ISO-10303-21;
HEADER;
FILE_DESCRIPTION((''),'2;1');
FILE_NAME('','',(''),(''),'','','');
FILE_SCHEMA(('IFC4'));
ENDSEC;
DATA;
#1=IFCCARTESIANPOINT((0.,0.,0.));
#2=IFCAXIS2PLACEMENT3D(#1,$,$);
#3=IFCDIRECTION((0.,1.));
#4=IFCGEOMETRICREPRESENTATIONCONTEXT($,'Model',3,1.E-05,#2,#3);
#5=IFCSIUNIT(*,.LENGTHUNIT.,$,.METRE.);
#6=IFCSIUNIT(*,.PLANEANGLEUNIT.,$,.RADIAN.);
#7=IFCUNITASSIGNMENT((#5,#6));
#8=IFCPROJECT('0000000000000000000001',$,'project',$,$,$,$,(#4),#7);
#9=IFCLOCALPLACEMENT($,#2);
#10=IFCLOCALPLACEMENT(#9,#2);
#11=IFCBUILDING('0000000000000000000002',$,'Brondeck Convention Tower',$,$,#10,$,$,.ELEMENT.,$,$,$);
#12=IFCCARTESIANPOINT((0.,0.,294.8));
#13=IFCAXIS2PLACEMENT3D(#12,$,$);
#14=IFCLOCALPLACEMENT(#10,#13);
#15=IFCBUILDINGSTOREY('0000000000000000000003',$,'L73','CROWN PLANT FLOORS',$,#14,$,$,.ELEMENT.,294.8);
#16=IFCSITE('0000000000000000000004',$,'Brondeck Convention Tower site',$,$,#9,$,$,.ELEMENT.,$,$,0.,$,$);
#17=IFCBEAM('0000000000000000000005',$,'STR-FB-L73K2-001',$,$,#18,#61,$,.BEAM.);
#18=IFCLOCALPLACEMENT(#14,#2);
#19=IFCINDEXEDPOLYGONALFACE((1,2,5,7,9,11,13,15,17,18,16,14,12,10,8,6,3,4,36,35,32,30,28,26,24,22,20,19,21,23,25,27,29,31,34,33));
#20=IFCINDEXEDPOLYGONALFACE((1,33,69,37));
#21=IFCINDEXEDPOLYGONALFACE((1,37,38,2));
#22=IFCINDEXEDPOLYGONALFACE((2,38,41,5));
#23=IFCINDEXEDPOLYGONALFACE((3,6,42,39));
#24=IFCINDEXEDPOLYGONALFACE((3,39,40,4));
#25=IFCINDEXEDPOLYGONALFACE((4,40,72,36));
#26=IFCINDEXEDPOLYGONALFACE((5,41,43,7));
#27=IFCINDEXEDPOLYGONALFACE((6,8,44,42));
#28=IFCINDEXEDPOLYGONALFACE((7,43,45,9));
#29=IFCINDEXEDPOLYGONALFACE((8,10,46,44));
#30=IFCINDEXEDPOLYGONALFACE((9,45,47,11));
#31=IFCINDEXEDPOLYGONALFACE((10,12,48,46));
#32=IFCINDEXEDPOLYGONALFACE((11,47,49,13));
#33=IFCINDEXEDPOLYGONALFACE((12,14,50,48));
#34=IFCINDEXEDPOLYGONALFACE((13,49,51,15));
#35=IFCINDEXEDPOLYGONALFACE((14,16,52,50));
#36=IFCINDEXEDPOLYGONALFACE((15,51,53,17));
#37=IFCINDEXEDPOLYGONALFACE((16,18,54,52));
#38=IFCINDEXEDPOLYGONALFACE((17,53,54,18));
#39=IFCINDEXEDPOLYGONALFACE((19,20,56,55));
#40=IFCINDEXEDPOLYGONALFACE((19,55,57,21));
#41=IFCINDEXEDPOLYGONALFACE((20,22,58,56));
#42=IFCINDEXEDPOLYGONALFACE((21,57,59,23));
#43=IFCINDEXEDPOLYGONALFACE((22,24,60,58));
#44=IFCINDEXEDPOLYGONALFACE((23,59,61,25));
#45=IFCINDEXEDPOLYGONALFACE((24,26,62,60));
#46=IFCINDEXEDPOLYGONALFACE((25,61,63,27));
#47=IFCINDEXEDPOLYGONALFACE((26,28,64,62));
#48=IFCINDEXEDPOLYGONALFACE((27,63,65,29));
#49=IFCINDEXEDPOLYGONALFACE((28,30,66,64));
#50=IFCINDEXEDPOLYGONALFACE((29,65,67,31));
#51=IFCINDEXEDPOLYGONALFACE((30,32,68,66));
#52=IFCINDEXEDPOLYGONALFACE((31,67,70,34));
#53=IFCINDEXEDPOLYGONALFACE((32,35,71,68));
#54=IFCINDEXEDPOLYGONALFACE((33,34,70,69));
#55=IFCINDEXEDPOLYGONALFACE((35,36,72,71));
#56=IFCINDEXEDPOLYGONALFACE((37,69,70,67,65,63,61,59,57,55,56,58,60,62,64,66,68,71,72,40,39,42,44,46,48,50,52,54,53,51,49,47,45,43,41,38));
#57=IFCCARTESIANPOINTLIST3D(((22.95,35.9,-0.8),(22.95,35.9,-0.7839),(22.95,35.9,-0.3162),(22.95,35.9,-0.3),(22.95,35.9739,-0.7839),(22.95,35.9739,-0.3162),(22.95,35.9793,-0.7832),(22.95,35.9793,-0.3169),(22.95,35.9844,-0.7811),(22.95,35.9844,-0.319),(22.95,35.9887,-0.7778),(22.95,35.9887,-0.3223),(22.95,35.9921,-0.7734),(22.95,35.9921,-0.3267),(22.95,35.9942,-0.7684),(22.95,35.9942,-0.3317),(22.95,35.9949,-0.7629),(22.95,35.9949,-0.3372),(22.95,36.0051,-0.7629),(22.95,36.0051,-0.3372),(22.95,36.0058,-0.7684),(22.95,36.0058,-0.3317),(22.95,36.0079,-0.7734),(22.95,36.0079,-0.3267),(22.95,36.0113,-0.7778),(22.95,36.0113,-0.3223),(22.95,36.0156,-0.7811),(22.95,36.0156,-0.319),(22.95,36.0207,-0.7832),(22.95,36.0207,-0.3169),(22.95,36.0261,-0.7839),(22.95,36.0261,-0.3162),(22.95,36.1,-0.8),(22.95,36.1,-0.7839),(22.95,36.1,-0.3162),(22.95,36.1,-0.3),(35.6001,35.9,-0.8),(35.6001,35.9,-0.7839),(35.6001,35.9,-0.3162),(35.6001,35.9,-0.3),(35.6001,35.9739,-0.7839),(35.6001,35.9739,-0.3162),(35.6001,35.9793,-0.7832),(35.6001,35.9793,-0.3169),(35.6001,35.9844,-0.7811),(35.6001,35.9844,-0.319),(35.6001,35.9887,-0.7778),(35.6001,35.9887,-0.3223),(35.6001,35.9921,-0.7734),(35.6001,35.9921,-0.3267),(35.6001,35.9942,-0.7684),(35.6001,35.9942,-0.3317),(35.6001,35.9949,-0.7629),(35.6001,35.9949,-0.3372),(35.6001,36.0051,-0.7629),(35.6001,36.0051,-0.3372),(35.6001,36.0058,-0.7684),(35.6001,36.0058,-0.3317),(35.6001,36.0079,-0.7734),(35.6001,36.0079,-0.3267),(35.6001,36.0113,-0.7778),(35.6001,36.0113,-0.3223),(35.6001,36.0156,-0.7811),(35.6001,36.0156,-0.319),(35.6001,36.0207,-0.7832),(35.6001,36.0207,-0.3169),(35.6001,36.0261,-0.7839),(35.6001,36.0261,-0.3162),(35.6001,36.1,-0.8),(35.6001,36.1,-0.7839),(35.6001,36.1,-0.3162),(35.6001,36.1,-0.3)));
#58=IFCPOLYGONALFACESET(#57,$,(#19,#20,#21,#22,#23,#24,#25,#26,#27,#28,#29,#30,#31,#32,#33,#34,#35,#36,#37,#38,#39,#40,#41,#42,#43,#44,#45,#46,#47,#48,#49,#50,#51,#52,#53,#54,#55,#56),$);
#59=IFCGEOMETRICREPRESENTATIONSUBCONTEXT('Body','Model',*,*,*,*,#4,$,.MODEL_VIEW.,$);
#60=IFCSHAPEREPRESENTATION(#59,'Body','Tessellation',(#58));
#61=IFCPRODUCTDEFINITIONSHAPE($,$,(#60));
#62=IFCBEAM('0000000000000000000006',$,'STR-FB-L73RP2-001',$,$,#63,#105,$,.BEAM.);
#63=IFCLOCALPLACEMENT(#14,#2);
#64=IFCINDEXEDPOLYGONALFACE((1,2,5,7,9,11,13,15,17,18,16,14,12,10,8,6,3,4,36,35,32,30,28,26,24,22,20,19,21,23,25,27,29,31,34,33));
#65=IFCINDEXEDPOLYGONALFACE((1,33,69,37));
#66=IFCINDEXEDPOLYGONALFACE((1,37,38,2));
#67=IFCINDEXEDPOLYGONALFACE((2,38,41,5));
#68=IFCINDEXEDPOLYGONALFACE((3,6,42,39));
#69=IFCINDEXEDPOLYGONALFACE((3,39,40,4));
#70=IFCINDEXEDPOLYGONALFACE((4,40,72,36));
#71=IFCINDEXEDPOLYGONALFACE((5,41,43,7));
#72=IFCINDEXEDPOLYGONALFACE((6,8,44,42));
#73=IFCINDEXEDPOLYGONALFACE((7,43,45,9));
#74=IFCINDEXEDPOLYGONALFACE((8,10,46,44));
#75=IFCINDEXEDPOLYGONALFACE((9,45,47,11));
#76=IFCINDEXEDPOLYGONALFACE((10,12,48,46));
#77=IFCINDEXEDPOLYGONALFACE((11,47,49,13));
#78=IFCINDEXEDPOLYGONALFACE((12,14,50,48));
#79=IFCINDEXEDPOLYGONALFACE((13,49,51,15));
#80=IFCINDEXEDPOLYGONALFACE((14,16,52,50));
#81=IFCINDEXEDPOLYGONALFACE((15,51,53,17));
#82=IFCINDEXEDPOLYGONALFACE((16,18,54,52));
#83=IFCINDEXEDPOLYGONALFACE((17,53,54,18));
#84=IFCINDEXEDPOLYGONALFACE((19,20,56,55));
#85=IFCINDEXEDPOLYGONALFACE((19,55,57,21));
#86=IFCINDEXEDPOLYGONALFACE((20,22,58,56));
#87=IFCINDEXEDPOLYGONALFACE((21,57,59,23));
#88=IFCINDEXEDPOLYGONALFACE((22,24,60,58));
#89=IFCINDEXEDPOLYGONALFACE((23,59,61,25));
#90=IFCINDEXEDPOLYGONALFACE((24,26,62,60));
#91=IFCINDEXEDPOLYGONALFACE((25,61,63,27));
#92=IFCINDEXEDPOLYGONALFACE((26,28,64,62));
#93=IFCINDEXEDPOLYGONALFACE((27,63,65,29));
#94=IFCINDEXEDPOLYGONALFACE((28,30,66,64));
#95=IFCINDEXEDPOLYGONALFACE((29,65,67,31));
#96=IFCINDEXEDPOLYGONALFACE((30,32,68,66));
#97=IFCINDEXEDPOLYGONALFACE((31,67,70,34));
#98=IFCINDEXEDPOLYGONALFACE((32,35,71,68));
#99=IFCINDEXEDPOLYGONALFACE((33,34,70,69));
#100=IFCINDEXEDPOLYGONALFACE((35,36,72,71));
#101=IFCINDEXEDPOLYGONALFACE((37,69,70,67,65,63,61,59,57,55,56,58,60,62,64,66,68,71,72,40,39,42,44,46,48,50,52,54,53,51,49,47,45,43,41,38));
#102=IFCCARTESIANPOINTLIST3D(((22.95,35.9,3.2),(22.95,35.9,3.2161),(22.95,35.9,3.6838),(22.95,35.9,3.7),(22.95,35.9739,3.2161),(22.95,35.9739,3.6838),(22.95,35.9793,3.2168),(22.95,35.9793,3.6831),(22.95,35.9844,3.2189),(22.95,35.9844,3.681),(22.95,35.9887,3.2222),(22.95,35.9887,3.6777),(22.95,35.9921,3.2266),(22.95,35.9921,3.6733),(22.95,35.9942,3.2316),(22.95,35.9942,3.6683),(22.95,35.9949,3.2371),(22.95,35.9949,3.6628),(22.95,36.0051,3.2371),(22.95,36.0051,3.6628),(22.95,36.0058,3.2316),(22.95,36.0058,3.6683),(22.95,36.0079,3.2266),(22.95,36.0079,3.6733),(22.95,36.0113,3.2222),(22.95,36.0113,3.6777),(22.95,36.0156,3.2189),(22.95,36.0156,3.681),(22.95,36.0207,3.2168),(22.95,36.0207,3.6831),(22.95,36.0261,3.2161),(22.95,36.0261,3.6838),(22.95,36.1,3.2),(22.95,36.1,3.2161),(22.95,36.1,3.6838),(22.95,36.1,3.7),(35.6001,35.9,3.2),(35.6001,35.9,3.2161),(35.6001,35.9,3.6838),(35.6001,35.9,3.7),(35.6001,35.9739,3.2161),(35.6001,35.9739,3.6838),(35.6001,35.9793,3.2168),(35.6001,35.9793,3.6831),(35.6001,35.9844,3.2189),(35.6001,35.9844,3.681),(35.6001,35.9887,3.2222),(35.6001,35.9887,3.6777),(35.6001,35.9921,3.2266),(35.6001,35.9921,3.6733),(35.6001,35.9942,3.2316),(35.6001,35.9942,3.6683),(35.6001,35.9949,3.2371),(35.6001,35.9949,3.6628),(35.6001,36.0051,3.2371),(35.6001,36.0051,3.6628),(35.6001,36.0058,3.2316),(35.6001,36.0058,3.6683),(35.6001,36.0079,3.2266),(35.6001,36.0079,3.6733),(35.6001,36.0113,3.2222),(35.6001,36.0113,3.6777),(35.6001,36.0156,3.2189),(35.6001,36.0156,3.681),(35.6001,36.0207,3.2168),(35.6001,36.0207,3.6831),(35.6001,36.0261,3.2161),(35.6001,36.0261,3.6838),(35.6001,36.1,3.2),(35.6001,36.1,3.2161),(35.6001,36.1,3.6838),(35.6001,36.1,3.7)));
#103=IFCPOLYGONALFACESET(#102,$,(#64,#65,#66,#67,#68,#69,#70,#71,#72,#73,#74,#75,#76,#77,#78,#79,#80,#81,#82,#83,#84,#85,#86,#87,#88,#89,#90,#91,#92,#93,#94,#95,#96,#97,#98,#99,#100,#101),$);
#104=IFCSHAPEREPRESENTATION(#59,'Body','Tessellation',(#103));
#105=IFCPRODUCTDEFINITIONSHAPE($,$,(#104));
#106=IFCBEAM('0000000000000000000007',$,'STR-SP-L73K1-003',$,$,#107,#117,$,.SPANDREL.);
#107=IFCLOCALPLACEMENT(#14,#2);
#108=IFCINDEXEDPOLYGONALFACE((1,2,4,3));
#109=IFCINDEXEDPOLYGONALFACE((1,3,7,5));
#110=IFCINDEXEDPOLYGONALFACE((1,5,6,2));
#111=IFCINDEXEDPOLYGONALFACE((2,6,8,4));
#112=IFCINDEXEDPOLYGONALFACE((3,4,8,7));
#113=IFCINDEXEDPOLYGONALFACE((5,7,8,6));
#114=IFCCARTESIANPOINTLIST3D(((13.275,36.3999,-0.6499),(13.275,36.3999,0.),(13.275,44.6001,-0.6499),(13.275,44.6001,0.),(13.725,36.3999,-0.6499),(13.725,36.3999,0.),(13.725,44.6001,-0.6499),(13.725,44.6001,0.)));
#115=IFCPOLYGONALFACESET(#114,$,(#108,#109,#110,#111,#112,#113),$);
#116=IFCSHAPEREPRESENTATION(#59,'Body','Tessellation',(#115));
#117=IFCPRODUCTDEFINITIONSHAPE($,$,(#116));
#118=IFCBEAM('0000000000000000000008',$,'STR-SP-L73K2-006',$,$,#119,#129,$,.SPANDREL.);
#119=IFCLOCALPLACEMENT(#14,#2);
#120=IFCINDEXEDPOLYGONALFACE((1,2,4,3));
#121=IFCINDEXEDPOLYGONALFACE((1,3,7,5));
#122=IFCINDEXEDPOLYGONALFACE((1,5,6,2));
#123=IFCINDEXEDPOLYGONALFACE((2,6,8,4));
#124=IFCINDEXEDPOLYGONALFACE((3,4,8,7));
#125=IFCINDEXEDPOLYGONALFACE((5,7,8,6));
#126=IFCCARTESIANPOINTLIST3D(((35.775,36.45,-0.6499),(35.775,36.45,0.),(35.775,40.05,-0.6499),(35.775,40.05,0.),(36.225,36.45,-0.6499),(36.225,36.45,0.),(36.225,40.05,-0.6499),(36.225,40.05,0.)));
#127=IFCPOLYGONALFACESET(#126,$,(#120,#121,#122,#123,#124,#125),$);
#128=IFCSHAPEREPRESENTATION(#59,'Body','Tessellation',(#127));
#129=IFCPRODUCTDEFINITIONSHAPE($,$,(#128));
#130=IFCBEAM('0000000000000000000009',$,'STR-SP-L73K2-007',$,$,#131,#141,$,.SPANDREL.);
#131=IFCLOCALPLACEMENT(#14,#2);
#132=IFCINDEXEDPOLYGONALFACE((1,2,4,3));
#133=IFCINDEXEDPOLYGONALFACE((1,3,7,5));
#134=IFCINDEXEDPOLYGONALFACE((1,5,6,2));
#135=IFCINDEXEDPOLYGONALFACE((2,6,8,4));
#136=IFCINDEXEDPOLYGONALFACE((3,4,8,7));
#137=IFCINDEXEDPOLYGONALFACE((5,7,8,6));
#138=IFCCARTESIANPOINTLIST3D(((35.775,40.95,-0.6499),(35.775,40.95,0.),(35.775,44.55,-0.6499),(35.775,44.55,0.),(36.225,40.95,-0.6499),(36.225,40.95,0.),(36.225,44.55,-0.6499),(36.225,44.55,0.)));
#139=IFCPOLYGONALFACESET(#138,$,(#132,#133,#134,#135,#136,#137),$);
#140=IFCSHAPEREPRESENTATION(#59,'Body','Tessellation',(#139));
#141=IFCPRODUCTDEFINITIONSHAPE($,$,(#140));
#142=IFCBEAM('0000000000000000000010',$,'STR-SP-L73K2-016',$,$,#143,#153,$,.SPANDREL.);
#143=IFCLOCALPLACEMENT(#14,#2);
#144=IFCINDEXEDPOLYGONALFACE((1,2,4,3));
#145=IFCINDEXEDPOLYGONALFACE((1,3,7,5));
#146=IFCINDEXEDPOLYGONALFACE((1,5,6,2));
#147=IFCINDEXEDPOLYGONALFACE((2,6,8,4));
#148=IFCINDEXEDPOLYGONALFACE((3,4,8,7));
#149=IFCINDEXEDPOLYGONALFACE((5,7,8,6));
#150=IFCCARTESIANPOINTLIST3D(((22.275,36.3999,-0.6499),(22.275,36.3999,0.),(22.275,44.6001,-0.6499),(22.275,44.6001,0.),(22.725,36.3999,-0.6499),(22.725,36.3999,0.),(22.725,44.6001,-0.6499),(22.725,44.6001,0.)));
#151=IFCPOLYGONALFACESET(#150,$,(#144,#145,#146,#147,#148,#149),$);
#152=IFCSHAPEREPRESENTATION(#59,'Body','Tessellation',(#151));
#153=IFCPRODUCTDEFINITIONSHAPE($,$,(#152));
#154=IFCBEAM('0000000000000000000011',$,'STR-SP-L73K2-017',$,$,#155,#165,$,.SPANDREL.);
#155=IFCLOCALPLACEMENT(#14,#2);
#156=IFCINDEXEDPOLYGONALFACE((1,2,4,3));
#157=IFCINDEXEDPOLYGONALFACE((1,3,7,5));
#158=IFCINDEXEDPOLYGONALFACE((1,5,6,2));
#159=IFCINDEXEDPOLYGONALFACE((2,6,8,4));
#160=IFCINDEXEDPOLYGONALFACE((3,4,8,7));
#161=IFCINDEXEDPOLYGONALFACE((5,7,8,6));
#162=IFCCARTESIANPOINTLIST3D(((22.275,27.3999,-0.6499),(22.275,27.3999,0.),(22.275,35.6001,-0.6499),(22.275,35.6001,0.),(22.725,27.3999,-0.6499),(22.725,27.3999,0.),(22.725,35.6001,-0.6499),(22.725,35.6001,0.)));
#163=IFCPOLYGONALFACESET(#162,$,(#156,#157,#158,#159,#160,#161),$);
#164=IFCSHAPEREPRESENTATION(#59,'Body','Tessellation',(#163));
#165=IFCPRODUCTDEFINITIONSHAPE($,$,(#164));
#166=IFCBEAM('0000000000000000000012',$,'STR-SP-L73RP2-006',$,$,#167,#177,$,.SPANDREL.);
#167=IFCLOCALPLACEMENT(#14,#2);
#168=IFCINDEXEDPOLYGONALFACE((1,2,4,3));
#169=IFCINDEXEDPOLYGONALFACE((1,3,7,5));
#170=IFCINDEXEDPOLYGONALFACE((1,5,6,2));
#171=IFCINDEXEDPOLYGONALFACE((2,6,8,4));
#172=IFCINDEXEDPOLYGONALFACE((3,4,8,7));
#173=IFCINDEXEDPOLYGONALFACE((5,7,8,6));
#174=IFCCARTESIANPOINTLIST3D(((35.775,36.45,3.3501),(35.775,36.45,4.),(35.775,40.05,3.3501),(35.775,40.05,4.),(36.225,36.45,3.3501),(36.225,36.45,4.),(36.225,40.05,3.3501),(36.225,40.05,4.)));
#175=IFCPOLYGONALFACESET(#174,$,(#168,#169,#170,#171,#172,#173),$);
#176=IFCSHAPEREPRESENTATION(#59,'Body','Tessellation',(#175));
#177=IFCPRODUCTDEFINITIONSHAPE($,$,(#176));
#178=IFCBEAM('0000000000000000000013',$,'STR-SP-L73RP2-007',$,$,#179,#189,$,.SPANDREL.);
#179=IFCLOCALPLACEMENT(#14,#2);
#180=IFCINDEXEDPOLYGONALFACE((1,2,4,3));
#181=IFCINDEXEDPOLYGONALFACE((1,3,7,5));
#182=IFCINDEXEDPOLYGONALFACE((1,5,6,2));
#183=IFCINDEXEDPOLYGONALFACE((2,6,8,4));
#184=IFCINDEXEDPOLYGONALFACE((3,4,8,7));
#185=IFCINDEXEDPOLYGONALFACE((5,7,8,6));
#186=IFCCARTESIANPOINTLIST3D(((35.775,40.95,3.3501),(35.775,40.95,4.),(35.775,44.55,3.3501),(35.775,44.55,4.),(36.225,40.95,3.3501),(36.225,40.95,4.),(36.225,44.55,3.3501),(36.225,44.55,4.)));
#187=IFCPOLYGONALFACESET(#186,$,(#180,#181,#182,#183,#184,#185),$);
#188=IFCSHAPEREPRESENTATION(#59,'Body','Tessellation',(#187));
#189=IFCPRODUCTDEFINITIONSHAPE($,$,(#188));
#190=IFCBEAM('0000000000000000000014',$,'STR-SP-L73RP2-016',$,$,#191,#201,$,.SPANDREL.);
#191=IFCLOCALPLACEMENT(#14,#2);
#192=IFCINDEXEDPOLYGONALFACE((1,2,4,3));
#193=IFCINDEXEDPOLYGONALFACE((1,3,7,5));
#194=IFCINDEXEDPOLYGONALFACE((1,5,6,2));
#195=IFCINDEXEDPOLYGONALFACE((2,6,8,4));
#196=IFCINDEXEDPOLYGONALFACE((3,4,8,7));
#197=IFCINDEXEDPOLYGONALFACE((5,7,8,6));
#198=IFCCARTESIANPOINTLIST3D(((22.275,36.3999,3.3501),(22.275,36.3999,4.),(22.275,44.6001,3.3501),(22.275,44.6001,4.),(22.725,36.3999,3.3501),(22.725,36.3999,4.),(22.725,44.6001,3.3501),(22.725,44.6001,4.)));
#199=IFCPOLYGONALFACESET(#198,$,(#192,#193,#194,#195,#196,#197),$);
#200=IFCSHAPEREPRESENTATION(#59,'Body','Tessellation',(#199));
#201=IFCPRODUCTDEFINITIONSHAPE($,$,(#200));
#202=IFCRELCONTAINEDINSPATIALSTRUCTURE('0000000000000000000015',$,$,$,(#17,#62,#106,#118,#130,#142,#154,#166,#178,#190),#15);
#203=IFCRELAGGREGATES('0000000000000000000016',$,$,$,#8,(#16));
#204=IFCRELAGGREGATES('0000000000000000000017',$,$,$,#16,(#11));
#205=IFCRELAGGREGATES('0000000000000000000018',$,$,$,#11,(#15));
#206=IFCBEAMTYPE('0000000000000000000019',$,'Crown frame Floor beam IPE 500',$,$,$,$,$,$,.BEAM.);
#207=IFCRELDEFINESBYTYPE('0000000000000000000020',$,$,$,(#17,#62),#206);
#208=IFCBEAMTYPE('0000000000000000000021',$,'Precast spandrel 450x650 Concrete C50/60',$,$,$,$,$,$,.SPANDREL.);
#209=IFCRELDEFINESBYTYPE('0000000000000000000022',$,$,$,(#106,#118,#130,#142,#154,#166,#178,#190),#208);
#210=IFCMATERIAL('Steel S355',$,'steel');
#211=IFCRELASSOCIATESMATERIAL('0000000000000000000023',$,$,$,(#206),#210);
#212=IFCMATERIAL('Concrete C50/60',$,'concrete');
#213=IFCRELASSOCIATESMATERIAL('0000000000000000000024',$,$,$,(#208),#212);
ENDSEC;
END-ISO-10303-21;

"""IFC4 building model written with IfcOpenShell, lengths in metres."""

from ifc_helpers import new_model, si_unit, direction, frame, origin, origin_2d, place, context, subcontext, project, spatial, rectangle, i_section, extrude, material, material_profile, profile_set, type_object, element, save


model = new_model("IFC4")

# Units and contexts
model_context = context("Model", 3, precision=1e-05, world=origin(), true_north=direction((0.0, 1.0)))
body_context = subcontext(model_context, "Body", "Model", "MODEL_VIEW")
ifc_project = project(units=[si_unit("LENGTHUNIT", "METRE"), si_unit("PLANEANGLEUNIT", "RADIAN")], contexts=[model_context])

# Site, building, storey
site_placement = place(None, origin())
site = spatial("IfcSite", under=ifc_project, at=site_placement, Name="Brondeck Convention Tower site", CompositionType="ELEMENT", RefElevation=0.0)
building_placement = place(site_placement, origin())
building = spatial("IfcBuilding", under=site, at=building_placement, Name="Brondeck Convention Tower", CompositionType="ELEMENT")
storey_placement = place(building_placement, frame((0.0, 0.0, 294.8)))
storey = spatial("IfcBuildingStorey", under=building, at=storey_placement, Name="L73", Description="CROWN PLANT FLOORS", CompositionType="ELEMENT", Elevation=294.8)

# Shared definitions
ifc_material_1 = material(Name="Concrete C50/60", Category="concrete")

# Beams
ifc_material_2 = material(Name="Steel S355", Category="steel")
ifc_material_profile_1 = material_profile(ifc_material_2, i_section(OverallWidth=0.2, OverallDepth=0.5, WebThickness=0.0103, FlangeThickness=0.0161, FilletRadius=0.021, at=origin_2d()), Name="IPE 500")
ifc_profile_set_1 = profile_set([ifc_material_profile_1], Name="Steel S355")
beam_type_1 = type_object("IfcBeamType", Name="Crown frame Floor beam IPE 500", PredefinedType="BEAM", material=ifc_profile_set_1)
for number, where, z_axis, x_axis, name in (
    (1, (22.95, 36.0, -0.55), (1.0, 0.0, 0.0), (0.0, 1.0, 0.0), "STR-FB-L73K2-001"),
    (2, (22.95, 36.0, 3.45), (1.0, 0.0, 0.0), (0.0, 1.0, 0.0), "STR-FB-L73RP2-001"),
):
    element("IfcBeam", number, at=place(storey_placement, frame(where, z_axis=z_axis, x_axis=x_axis)), inside=storey, type_object=beam_type_1, Name=name, PredefinedType="BEAM", context=body_context, shape_type="SweptSolid", body=[
        extrude(i_section(OverallWidth=0.2, OverallDepth=0.5, WebThickness=0.0103, FlangeThickness=0.0161, FilletRadius=0.021, at=origin_2d()), origin(), (0.0, 0.0, 1.0), 12.6501),
    ])
ifc_material_profile_2 = material_profile(ifc_material_1, rectangle(XDim=0.45, YDim=0.6499, at=origin_2d()), Name="Precast spandrel 450x650 Concrete C50/60")
ifc_profile_set_2 = profile_set([ifc_material_profile_2], Name="Concrete C50/60")
beam_type_2 = type_object("IfcBeamType", Name="Precast spandrel 450x650 Concrete C50/60", PredefinedType="SPANDREL", material=ifc_profile_set_2)
beam_placement = place(storey_placement, frame((13.5, 36.3999, -0.325), z_axis=(0.0, 1.0, 0.0), x_axis=(-1.0, 0.0, 0.0)))
element("IfcBeam", 3, at=beam_placement, inside=storey, type_object=beam_type_2, Name="STR-SP-L73K1-003", PredefinedType="SPANDREL", context=body_context, shape_type="SweptSolid", body=[
    extrude(rectangle(XDim=0.45, YDim=0.6499, at=origin_2d()), origin(), (0.0, 0.0, 1.0), 8.2002),
])
for number, where, z_axis, x_axis, name in (
    (4, (36.0, 36.45, -0.325), (0.0, 1.0, 0.0), (-1.0, 0.0, 0.0), "STR-SP-L73K2-006"),
    (5, (36.0, 40.95, -0.325), (0.0, 1.0, 0.0), (-1.0, 0.0, 0.0), "STR-SP-L73K2-007"),
):
    element("IfcBeam", number, at=place(storey_placement, frame(where, z_axis=z_axis, x_axis=x_axis)), inside=storey, type_object=beam_type_2, Name=name, PredefinedType="SPANDREL", context=body_context, shape_type="SweptSolid", body=[
        extrude(rectangle(XDim=0.45, YDim=0.6499, at=origin_2d()), origin(), (0.0, 0.0, 1.0), 3.6001),
    ])
for number, where, z_axis, x_axis, name in (
    (6, (22.5, 44.6001, -0.325), (0.0, -1.0, 0.0), (1.0, 0.0, 0.0), "STR-SP-L73K2-016"),
    (7, (22.5, 35.6001, -0.325), (0.0, -1.0, 0.0), (1.0, 0.0, 0.0), "STR-SP-L73K2-017"),
):
    element("IfcBeam", number, at=place(storey_placement, frame(where, z_axis=z_axis, x_axis=x_axis)), inside=storey, type_object=beam_type_2, Name=name, PredefinedType="SPANDREL", context=body_context, shape_type="SweptSolid", body=[
        extrude(rectangle(XDim=0.45, YDim=0.6499, at=origin_2d()), origin(), (0.0, 0.0, 1.0), 8.2002),
    ])
for number, where, z_axis, x_axis, name in (
    (8, (36.0, 36.45, 3.675), (0.0, 1.0, 0.0), (-1.0, 0.0, 0.0), "STR-SP-L73RP2-006"),
    (9, (36.0, 40.95, 3.675), (0.0, 1.0, 0.0), (-1.0, 0.0, 0.0), "STR-SP-L73RP2-007"),
):
    element("IfcBeam", number, at=place(storey_placement, frame(where, z_axis=z_axis, x_axis=x_axis)), inside=storey, type_object=beam_type_2, Name=name, PredefinedType="SPANDREL", context=body_context, shape_type="SweptSolid", body=[
        extrude(rectangle(XDim=0.45, YDim=0.6499, at=origin_2d()), origin(), (0.0, 0.0, 1.0), 3.6001),
    ])
for number, where, z_axis, x_axis, name in (
    (10, (22.5, 44.6001, 3.675), (0.0, -1.0, 0.0), (1.0, 0.0, 0.0), "STR-SP-L73RP2-016"),
):
    element("IfcBeam", number, at=place(storey_placement, frame(where, z_axis=z_axis, x_axis=x_axis)), inside=storey, type_object=beam_type_2, Name=name, PredefinedType="SPANDREL", context=body_context, shape_type="SweptSolid", body=[
        extrude(rectangle(XDim=0.45, YDim=0.6499, at=origin_2d()), origin(), (0.0, 0.0, 1.0), 8.2002),
    ])

save(model, "model.ifc")
